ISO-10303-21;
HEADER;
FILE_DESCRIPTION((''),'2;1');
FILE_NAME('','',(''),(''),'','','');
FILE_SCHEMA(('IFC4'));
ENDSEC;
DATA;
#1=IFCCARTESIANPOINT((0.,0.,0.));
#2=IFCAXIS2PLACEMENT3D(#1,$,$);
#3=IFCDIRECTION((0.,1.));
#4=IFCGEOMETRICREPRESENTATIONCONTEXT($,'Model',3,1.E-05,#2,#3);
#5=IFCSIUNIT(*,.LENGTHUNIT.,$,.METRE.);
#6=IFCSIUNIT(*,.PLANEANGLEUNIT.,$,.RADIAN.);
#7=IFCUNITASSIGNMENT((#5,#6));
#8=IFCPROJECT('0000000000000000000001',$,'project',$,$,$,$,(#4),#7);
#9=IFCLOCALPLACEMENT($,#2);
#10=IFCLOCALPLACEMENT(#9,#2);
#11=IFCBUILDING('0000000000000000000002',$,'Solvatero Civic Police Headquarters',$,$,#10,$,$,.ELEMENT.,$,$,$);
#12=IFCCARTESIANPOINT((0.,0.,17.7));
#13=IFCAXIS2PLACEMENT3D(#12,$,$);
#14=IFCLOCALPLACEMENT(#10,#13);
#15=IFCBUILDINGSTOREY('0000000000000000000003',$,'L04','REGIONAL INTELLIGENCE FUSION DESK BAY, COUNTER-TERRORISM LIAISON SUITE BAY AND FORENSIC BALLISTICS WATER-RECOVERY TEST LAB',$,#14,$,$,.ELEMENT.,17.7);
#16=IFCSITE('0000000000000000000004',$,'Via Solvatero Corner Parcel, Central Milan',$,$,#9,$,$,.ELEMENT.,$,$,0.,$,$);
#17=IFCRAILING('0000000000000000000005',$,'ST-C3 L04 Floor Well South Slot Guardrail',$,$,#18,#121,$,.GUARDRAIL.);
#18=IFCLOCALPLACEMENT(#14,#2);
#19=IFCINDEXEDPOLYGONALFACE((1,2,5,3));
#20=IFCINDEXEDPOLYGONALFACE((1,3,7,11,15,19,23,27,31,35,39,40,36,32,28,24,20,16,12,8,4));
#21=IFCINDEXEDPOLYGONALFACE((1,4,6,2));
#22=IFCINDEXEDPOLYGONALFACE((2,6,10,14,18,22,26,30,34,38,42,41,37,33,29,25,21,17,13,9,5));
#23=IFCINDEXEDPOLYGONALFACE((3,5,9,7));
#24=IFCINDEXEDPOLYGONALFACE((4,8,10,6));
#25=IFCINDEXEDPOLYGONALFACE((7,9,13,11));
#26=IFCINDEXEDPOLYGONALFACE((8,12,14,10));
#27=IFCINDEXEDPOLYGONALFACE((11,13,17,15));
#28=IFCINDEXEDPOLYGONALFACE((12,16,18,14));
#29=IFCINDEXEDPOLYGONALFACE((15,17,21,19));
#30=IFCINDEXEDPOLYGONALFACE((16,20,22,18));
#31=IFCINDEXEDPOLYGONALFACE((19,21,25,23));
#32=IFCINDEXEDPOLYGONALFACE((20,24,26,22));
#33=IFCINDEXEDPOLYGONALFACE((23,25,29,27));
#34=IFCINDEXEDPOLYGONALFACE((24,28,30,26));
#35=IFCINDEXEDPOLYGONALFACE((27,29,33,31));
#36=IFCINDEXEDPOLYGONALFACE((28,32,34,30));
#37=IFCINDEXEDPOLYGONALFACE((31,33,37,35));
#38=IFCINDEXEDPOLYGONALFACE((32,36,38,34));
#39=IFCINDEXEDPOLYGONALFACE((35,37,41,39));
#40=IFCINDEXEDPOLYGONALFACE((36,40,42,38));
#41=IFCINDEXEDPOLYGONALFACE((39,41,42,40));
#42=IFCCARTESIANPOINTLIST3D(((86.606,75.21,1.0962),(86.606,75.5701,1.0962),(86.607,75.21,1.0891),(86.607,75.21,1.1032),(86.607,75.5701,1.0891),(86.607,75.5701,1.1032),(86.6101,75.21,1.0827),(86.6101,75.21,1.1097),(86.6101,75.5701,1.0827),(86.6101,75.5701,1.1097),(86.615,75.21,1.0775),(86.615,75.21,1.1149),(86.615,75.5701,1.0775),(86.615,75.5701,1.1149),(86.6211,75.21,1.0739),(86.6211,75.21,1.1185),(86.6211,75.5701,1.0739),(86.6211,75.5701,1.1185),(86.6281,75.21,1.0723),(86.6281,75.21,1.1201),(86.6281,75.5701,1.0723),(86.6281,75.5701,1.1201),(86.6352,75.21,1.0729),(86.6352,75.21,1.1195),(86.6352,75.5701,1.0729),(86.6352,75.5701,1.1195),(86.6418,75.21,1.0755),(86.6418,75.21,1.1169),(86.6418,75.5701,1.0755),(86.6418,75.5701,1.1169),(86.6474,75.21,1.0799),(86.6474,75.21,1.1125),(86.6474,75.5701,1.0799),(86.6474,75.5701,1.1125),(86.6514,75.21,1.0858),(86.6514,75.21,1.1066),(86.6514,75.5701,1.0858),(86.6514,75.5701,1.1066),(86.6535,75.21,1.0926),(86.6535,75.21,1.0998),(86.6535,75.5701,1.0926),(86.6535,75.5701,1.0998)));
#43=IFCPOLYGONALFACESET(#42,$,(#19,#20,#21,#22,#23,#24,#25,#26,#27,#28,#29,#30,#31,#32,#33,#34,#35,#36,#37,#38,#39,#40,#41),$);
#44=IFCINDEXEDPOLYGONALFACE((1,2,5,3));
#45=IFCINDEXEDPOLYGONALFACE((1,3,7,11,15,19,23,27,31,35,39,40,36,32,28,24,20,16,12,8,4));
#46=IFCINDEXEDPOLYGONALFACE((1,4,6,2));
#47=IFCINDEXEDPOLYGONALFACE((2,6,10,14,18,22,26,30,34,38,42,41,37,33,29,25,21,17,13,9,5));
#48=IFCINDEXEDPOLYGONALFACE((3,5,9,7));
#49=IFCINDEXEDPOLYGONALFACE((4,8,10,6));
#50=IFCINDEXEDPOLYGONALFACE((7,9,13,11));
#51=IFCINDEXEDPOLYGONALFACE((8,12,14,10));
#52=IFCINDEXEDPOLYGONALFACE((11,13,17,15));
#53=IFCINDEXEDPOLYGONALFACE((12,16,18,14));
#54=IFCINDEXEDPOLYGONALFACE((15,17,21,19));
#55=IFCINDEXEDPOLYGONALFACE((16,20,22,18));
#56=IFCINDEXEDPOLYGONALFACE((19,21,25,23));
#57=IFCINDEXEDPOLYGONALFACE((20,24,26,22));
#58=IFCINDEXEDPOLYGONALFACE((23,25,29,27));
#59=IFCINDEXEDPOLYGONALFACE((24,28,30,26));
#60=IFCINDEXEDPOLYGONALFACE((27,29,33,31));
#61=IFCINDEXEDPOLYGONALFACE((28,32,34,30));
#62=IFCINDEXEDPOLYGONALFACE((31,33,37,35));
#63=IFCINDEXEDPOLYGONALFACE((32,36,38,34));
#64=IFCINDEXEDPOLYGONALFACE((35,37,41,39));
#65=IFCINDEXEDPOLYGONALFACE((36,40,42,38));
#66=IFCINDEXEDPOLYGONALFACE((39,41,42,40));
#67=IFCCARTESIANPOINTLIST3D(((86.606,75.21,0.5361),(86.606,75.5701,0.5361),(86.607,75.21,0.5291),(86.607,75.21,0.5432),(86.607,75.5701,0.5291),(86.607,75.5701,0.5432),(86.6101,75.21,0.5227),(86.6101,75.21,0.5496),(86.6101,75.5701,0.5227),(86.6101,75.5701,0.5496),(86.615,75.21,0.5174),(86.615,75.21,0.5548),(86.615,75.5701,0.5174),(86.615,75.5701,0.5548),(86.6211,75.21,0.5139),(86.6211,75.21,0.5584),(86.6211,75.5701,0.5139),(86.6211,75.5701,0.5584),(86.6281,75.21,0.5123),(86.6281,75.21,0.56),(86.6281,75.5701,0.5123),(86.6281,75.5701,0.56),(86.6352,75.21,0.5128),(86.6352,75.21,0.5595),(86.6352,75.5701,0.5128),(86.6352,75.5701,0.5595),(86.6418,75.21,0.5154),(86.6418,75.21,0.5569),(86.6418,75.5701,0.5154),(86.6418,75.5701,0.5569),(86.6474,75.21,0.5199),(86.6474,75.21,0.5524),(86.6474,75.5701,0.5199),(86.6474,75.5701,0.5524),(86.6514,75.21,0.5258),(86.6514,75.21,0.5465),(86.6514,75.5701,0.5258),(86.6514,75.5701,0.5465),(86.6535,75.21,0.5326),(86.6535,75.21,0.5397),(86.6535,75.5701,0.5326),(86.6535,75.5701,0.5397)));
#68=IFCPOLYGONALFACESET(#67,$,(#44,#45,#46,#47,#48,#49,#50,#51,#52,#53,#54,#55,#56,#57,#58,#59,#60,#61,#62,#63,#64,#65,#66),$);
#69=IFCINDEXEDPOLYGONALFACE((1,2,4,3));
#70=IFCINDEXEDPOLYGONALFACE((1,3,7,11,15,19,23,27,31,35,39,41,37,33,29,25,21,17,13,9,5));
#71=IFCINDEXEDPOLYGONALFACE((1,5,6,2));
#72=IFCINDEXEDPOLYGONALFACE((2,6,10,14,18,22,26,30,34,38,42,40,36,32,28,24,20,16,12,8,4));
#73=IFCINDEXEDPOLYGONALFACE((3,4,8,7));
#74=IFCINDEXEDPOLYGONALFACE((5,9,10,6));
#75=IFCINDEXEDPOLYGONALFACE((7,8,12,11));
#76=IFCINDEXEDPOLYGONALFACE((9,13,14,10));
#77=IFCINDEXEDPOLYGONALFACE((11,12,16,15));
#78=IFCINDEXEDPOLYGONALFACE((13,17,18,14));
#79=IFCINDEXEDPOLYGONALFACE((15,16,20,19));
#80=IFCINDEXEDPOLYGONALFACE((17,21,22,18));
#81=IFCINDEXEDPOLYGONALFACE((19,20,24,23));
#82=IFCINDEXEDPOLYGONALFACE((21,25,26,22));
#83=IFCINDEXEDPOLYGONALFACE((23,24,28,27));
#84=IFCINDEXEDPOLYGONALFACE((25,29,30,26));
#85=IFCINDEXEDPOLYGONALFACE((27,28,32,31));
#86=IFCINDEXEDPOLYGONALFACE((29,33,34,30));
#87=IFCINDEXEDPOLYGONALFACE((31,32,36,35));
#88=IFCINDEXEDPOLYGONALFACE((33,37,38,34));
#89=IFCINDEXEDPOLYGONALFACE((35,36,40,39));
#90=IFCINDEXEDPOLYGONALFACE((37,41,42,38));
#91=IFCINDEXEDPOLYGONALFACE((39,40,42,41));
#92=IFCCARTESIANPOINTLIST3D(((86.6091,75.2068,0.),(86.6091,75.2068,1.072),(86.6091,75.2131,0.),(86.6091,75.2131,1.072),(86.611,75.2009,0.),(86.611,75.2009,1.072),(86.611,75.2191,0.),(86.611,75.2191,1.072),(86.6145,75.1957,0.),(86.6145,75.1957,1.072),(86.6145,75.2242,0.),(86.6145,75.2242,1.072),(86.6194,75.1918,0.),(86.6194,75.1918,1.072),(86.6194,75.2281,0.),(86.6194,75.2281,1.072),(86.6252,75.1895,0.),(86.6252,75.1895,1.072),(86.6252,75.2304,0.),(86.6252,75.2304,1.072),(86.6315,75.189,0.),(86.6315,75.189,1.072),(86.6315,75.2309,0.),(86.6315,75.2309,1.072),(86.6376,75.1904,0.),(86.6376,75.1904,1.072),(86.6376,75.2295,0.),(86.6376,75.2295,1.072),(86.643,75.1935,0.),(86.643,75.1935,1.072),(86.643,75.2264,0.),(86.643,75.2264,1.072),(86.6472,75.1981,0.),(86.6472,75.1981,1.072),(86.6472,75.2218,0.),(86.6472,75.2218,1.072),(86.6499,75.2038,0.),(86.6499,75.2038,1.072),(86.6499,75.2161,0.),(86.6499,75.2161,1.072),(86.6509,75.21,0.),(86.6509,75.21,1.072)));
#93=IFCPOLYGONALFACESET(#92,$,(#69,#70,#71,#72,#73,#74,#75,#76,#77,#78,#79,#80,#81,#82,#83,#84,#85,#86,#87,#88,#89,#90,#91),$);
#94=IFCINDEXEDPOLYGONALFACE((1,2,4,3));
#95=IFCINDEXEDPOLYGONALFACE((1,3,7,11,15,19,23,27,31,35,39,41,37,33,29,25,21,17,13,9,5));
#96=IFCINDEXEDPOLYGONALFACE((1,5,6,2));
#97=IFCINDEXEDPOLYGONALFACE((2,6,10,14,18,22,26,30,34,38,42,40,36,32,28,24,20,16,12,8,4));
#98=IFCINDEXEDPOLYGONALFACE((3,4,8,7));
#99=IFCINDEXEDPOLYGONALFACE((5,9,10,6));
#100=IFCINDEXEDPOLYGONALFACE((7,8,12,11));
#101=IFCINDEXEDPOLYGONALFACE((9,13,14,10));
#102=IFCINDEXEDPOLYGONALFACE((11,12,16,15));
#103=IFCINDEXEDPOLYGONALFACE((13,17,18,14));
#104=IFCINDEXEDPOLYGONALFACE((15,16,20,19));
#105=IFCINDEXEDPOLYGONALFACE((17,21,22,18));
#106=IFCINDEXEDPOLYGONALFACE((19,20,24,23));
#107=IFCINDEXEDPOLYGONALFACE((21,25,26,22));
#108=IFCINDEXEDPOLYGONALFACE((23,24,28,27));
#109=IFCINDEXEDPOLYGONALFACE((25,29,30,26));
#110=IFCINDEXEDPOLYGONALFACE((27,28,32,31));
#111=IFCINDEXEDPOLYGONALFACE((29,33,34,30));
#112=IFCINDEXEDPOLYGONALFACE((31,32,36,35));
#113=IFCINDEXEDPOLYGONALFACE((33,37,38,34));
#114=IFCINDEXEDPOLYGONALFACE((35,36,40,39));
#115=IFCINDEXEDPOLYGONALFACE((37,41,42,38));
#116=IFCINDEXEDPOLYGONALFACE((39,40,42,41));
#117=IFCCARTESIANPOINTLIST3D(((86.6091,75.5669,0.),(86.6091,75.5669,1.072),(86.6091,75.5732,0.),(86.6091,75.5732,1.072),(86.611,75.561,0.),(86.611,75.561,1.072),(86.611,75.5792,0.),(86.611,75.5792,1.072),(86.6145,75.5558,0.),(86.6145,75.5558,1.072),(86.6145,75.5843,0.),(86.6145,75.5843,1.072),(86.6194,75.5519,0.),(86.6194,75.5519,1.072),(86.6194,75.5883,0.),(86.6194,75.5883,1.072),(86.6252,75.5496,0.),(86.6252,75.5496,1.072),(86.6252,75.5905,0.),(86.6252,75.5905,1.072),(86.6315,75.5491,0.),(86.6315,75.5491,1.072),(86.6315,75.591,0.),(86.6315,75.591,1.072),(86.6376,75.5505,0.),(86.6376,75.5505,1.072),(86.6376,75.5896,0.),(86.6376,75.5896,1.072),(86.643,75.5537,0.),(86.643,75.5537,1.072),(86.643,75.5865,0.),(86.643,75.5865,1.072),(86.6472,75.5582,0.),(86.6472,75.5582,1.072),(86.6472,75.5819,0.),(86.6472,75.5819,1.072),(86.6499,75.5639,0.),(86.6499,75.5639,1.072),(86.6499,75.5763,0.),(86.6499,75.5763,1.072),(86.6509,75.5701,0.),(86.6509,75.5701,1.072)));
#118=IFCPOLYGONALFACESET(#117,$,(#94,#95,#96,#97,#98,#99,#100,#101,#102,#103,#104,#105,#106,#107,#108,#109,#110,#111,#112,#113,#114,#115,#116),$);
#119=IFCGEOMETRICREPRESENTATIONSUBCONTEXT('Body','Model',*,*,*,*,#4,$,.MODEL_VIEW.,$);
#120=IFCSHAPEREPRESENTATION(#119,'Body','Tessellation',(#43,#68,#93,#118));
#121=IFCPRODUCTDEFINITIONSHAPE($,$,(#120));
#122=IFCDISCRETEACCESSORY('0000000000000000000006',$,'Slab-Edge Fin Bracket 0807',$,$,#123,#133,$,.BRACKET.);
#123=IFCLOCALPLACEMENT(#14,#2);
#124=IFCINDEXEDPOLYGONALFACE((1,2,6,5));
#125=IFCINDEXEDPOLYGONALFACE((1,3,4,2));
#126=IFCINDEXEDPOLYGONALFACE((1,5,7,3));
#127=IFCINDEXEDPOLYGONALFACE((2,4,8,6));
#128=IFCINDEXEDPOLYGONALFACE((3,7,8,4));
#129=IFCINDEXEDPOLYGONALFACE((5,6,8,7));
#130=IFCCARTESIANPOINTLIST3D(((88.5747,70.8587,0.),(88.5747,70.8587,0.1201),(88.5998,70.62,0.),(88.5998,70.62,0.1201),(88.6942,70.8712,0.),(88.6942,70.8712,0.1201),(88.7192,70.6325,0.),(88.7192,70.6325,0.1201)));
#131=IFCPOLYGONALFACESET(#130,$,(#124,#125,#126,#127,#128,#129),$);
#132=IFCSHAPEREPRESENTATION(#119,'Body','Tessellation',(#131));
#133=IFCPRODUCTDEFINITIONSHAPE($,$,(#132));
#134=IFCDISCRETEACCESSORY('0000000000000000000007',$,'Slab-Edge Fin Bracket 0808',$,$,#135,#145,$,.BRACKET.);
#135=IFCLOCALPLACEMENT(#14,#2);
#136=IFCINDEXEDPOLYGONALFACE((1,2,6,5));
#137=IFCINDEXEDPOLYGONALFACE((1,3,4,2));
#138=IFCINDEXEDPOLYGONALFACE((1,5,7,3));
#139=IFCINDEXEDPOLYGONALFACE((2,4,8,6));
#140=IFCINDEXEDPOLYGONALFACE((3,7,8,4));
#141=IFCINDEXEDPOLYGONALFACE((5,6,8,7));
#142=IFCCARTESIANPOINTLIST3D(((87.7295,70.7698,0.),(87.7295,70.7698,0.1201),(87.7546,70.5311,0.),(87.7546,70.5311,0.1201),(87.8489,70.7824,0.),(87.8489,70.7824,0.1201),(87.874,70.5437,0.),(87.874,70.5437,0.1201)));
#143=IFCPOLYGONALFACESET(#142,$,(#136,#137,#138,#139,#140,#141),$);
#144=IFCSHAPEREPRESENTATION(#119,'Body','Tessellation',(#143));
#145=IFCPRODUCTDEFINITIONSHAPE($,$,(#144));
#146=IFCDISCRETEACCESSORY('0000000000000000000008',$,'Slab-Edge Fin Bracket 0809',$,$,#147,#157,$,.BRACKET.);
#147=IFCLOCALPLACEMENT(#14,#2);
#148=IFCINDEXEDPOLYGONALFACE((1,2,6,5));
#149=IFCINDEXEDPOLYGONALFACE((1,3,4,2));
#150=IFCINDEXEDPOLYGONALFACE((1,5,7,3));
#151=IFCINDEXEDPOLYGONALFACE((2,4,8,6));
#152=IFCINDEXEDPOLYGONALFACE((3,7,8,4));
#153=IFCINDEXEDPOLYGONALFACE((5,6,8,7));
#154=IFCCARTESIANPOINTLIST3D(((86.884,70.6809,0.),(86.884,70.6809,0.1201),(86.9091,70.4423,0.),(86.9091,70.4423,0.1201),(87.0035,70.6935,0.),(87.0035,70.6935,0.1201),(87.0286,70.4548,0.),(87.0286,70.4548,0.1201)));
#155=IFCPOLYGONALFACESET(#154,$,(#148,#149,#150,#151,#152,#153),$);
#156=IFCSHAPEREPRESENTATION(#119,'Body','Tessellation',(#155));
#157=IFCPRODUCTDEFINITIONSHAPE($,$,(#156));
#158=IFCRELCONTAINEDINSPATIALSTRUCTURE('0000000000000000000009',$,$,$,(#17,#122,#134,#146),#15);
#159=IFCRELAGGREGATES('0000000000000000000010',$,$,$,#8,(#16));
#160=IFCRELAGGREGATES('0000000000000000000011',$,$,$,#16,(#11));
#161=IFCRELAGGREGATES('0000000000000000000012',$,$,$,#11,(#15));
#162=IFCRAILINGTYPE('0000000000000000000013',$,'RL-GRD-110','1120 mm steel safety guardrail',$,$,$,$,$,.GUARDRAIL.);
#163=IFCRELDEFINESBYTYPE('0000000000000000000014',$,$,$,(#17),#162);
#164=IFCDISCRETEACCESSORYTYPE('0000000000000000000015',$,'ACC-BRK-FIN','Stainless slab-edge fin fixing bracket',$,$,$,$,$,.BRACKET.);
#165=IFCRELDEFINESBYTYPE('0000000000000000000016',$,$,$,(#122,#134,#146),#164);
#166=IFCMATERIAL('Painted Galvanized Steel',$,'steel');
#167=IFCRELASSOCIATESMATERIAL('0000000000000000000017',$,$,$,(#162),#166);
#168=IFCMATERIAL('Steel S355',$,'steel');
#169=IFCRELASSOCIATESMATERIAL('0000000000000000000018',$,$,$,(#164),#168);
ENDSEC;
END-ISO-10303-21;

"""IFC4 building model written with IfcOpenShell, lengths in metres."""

from ifc_helpers import new_model, si_unit, direction, frame, origin, origin_2d, place, context, subcontext, project, spatial, rectangle, circle, extrude, material, type_object, element, save


model = new_model("IFC4")

# Units and contexts
model_context = context("Model", 3, precision=1e-05, world=origin(), true_north=direction((0.0, 1.0)))
body_context = subcontext(model_context, "Body", "Model", "MODEL_VIEW")
ifc_project = project(units=[si_unit("LENGTHUNIT", "METRE"), si_unit("PLANEANGLEUNIT", "RADIAN")], contexts=[model_context])

# Site, building, storey
site_placement = place(None, origin())
site = spatial("IfcSite", under=ifc_project, at=site_placement, Name="Via Solvatero Corner Parcel, Central Milan", CompositionType="ELEMENT", RefElevation=0.0)
building_placement = place(site_placement, origin())
building = spatial("IfcBuilding", under=site, at=building_placement, Name="Solvatero Civic Police Headquarters", CompositionType="ELEMENT")
storey_placement = place(building_placement, frame((0.0, 0.0, 17.7)))
storey = spatial("IfcBuildingStorey", under=building, at=storey_placement, Name="L04", Description="REGIONAL INTELLIGENCE FUSION DESK BAY, COUNTER-TERRORISM LIAISON SUITE BAY AND FORENSIC BALLISTICS WATER-RECOVERY TEST LAB", CompositionType="ELEMENT", Elevation=17.7)

# Shared definitions
ifc_material_1 = material(Name="Steel S355", Category="steel")

# Railing
ifc_material_2 = material(Name="Painted Galvanized Steel", Category="steel")
railing_type_1 = type_object("IfcRailingType", Name="RL-GRD-110", Description="1120 mm steel safety guardrail", PredefinedType="GUARDRAIL", material=ifc_material_2)
railing_1_placement = place(storey_placement, frame((86.6299, 75.21, 0.0)))
element("IfcRailing", 1, at=railing_1_placement, inside=storey, type_object=railing_type_1, Name="ST-C3 L04 Floor Well South Slot Guardrail", PredefinedType="GUARDRAIL", context=body_context, shape_type="SweptSolid", body=[
    extrude(circle(Radius=0.0239, at=origin_2d()), frame((0.0, 0.0, 1.0962), z_axis=(0.0, 1.0, 0.0), x_axis=(-1.0, 0.0, 0.0)), (0.0, 0.0, 1.0), 0.3601),
    extrude(circle(Radius=0.0239, at=origin_2d()), frame((0.0, 0.0, 0.5361), z_axis=(0.0, 1.0, 0.0), x_axis=(-1.0, 0.0, 0.0)), (0.0, 0.0, 1.0), 0.3601),
    extrude(circle(Radius=0.021, at=origin_2d()), origin(), (0.0, 0.0, 1.0), 1.072),
    extrude(circle(Radius=0.021, at=origin_2d()), frame((0.0, 0.3601, 0.0)), (0.0, 0.0, 1.0), 1.072),
])

# Discrete accessories
discrete_accessory_type = type_object("IfcDiscreteAccessoryType", Name="ACC-BRK-FIN", Description="Stainless slab-edge fin fixing bracket", PredefinedType="BRACKET", material=ifc_material_1)
for number, where, z_axis, x_axis, name in (
    (2, (88.647, 70.7456, 0.0), (0.0, 0.0, 1.0), (-0.994522, -0.104528, 0.0), "Slab-Edge Fin Bracket 0807"),
    (3, (87.8018, 70.6567, 0.0), (0.0, 0.0, 1.0), (-0.994522, -0.104528, 0.0), "Slab-Edge Fin Bracket 0808"),
    (4, (86.9563, 70.5679, 0.0), (0.0, 0.0, 1.0), (-0.994522, -0.104528, 0.0), "Slab-Edge Fin Bracket 0809"),
):
    element("IfcDiscreteAccessory", number, at=place(storey_placement, frame(where, z_axis=z_axis, x_axis=x_axis)), inside=storey, type_object=discrete_accessory_type, Name=name, PredefinedType="BRACKET", context=body_context, shape_type="SweptSolid", body=[
        extrude(rectangle(XDim=0.1201, YDim=0.24, at=origin_2d()), origin(), (0.0, 0.0, 1.0), 0.1201),
    ])

save(model, "model.ifc")
